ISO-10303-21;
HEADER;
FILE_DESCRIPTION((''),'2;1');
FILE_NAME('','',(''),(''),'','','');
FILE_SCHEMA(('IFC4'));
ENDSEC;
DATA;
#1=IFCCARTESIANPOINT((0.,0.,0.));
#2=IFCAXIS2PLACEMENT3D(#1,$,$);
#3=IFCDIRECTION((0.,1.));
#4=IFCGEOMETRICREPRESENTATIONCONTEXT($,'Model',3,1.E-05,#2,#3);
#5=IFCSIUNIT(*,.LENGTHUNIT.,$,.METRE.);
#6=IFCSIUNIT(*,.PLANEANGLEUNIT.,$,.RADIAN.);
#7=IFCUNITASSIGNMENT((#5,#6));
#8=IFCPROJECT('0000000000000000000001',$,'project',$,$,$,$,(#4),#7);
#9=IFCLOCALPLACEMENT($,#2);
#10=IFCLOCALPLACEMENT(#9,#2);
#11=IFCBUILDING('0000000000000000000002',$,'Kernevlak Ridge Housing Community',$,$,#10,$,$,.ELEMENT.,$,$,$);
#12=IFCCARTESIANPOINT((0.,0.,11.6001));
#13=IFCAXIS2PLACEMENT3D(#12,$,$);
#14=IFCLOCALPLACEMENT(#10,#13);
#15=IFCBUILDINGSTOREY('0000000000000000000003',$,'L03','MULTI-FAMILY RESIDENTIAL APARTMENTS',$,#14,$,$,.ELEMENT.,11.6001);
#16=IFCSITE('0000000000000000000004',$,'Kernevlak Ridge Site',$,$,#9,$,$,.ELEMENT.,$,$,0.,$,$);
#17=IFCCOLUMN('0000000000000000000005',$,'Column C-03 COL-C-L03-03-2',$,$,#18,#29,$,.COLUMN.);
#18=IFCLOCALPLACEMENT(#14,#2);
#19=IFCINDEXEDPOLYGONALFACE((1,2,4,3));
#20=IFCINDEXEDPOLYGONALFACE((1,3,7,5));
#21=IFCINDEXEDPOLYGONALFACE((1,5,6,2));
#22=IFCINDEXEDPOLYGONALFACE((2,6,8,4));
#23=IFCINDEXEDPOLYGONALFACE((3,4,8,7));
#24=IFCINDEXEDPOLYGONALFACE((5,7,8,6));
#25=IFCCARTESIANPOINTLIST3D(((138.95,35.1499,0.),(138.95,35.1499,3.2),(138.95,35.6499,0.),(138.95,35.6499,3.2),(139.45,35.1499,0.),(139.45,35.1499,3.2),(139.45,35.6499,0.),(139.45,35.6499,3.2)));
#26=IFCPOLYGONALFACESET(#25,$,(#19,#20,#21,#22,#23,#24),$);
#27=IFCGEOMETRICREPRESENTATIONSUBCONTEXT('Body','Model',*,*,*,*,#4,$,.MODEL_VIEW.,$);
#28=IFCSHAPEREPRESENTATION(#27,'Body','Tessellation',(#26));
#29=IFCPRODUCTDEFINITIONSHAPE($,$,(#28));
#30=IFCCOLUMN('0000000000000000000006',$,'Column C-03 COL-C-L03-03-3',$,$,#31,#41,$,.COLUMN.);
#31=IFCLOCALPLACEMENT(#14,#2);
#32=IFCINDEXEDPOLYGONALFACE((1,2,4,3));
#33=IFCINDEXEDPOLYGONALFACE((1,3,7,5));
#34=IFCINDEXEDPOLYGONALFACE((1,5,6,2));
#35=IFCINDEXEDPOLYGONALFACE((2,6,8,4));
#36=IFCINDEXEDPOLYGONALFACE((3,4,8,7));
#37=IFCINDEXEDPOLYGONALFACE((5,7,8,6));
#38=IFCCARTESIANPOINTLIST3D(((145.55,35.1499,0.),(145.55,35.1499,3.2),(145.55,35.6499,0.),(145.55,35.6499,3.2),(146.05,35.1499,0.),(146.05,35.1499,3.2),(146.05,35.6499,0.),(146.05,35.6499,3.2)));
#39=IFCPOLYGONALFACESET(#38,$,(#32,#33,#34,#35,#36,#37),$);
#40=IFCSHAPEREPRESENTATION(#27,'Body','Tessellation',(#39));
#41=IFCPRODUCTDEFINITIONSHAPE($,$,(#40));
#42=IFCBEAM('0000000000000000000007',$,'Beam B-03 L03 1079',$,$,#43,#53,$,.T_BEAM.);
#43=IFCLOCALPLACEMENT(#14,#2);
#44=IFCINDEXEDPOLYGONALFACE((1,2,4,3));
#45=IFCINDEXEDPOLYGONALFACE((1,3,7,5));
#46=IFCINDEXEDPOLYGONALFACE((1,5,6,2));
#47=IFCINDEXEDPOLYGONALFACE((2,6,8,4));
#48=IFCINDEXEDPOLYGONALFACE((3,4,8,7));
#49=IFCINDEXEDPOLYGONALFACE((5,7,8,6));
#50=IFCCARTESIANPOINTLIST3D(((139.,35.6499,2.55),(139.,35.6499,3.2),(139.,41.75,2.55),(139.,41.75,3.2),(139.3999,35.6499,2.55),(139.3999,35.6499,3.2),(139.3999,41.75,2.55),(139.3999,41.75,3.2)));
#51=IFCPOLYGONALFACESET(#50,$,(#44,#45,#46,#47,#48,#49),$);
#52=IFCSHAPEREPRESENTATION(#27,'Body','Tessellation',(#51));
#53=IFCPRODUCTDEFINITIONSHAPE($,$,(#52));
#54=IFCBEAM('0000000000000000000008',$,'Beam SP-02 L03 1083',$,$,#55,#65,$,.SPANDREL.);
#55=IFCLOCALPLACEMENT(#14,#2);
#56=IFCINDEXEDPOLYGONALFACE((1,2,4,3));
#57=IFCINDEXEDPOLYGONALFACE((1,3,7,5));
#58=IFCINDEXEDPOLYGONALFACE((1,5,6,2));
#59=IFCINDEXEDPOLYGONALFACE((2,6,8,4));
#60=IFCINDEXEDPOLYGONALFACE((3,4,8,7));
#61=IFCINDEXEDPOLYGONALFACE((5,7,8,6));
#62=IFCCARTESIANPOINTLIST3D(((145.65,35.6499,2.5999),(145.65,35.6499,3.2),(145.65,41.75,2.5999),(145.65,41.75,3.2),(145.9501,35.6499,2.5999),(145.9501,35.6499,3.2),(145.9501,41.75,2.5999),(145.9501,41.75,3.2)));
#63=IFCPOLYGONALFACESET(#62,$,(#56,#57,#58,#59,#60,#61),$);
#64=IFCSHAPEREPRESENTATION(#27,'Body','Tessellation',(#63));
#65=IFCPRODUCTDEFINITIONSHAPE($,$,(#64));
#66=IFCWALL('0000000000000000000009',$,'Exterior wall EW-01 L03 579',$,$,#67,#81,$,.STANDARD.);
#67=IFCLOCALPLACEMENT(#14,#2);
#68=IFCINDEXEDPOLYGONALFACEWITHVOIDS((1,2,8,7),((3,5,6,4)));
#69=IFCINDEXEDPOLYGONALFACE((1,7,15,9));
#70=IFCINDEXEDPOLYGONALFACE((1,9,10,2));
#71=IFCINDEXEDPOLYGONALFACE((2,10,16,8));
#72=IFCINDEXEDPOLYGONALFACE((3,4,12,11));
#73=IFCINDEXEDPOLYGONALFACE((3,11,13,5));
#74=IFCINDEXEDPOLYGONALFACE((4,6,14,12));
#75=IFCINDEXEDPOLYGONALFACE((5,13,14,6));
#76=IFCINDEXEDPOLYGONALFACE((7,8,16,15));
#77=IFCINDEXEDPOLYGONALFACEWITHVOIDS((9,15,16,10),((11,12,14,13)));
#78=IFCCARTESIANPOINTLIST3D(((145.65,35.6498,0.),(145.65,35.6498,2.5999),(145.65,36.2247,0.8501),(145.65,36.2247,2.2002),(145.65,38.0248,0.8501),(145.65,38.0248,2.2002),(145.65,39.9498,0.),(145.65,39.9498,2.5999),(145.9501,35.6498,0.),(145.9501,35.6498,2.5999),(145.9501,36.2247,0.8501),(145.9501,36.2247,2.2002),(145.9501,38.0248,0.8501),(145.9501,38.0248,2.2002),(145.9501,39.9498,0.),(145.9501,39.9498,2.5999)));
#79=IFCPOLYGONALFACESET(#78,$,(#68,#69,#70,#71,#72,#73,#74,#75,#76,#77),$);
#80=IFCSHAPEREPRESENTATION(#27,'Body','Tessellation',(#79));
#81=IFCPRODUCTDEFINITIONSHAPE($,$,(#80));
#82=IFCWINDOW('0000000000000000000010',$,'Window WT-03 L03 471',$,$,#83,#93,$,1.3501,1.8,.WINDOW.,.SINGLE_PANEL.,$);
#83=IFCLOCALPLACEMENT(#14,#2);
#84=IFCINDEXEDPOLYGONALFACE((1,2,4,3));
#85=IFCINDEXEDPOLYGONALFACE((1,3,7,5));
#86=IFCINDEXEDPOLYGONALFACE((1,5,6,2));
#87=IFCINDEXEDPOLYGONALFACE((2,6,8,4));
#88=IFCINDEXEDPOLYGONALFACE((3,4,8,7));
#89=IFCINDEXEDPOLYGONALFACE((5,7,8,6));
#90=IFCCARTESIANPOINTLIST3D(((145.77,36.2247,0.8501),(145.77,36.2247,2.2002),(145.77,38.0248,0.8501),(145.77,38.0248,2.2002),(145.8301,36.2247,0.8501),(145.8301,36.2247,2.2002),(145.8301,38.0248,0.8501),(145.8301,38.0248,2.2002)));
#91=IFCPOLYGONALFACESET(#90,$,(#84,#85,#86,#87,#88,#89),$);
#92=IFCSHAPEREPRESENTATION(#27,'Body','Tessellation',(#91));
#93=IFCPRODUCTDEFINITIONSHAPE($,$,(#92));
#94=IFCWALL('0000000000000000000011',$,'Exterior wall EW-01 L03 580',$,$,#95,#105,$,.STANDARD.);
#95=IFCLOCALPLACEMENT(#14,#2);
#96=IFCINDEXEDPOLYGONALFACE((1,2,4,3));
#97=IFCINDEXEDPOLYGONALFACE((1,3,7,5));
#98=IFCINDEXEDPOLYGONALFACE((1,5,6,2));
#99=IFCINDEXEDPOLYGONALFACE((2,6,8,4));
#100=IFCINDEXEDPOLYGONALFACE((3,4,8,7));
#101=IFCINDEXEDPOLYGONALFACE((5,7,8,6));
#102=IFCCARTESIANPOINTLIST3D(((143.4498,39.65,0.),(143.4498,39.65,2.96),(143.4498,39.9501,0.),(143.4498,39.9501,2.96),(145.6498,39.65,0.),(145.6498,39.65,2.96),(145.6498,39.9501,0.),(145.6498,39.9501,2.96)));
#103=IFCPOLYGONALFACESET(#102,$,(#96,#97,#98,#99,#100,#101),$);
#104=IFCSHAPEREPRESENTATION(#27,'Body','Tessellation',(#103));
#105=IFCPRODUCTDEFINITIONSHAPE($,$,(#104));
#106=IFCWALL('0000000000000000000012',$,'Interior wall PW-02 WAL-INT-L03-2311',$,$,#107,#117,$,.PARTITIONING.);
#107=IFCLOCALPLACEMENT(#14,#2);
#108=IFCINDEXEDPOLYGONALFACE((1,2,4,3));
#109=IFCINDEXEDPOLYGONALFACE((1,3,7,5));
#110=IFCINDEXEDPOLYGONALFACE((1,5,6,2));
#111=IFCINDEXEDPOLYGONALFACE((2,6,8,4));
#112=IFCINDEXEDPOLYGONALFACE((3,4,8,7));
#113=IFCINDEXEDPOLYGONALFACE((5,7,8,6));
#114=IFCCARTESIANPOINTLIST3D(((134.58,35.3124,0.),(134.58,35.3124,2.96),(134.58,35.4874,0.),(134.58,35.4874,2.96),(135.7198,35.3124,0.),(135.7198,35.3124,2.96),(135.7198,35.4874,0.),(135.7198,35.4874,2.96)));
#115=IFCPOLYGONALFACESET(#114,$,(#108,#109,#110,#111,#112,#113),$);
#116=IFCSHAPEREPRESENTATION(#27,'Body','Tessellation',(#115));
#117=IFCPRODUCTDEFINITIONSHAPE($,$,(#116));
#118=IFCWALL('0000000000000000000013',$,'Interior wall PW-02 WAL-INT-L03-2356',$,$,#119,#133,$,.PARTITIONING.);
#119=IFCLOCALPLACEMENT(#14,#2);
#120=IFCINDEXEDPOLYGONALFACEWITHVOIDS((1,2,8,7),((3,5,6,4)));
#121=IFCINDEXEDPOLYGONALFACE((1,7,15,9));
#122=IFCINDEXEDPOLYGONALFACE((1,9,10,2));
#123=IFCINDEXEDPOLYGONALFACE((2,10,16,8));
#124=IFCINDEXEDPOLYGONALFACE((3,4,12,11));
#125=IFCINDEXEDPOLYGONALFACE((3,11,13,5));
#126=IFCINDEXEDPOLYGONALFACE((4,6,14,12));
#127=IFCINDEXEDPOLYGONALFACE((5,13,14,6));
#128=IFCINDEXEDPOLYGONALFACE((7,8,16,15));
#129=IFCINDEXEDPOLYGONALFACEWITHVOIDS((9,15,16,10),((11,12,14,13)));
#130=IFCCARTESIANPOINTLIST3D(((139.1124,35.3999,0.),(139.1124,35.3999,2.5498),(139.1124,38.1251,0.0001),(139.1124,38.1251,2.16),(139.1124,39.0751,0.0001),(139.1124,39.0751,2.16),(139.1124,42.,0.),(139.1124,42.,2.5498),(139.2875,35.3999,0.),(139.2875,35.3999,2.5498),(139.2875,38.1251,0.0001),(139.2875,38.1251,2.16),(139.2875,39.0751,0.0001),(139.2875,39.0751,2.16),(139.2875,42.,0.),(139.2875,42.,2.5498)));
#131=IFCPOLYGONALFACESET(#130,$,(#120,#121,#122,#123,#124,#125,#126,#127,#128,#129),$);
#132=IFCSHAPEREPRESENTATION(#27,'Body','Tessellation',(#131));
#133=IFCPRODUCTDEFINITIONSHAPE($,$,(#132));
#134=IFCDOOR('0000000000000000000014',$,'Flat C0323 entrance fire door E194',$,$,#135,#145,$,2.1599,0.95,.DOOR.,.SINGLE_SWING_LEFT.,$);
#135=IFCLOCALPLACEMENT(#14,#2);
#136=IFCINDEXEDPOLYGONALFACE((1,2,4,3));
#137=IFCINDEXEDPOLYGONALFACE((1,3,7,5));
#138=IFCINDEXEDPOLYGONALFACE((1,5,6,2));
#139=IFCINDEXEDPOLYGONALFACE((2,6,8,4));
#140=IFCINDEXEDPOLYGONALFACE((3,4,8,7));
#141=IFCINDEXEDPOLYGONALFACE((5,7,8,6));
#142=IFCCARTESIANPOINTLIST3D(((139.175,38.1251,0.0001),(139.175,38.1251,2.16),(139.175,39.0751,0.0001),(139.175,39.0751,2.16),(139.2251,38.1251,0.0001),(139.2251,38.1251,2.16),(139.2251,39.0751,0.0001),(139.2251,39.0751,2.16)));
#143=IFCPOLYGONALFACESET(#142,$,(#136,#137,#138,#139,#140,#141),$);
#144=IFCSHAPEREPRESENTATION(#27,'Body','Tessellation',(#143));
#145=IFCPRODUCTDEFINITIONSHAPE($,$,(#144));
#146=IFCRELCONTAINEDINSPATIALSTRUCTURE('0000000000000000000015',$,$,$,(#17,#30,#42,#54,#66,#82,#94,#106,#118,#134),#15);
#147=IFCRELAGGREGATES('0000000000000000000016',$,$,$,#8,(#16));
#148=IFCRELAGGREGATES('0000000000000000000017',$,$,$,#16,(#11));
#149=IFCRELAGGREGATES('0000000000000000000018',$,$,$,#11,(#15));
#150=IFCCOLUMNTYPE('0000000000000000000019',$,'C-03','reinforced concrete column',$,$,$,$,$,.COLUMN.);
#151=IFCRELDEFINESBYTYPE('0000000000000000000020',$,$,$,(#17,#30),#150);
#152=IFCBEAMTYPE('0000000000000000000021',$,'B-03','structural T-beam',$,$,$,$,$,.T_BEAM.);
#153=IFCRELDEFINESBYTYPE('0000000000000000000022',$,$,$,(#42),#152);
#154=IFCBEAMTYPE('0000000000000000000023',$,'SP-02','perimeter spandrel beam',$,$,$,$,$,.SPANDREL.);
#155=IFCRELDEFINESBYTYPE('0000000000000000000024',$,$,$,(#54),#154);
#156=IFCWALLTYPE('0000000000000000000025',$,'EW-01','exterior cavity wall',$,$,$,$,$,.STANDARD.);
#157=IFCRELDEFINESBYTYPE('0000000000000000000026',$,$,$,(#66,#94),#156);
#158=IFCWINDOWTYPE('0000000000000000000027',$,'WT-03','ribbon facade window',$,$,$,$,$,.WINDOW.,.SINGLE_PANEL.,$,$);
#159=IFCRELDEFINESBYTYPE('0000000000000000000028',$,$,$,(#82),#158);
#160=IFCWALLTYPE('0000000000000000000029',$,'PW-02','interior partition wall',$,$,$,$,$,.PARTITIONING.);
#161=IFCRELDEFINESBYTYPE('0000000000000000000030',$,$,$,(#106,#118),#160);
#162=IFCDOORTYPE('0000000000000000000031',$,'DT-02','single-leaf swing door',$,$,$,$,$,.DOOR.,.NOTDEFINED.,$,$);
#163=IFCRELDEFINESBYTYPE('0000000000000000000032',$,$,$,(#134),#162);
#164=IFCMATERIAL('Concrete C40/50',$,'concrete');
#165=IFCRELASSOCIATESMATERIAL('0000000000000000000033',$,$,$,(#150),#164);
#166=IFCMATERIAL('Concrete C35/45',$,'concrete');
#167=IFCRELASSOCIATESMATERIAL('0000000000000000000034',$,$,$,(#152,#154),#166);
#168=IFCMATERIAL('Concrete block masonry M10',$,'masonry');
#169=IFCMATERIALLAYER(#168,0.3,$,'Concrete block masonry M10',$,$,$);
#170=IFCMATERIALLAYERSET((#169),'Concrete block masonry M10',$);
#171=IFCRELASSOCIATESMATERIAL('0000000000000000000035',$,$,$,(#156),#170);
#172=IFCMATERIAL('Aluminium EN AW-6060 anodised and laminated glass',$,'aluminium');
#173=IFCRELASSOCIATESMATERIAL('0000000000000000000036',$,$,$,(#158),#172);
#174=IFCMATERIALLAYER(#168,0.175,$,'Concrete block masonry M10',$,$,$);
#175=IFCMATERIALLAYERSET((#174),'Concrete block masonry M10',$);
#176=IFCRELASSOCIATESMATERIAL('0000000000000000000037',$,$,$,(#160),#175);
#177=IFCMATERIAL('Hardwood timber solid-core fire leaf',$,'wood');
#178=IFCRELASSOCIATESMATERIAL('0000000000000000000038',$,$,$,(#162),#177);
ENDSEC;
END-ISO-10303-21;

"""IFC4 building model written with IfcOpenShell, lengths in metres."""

from ifc_helpers import new_model, si_unit, direction, frame, frame_2d, origin, origin_2d, place, context, subcontext, project, spatial, rectangle, extrude, material, layer, layer_set, material_profile, profile_set, type_object, element, fill, save


model = new_model("IFC4")

# Units and contexts
model_context = context("Model", 3, precision=1e-05, world=origin(), true_north=direction((0.0, 1.0)))
body_context = subcontext(model_context, "Body", "Model", "MODEL_VIEW")
ifc_project = project(units=[si_unit("LENGTHUNIT", "METRE"), si_unit("PLANEANGLEUNIT", "RADIAN")], contexts=[model_context])

# Site, building, storey
site_placement = place(None, origin())
site = spatial("IfcSite", under=ifc_project, at=site_placement, Name="Kernevlak Ridge Site", CompositionType="ELEMENT", RefElevation=0.0)
building_placement = place(site_placement, origin())
building = spatial("IfcBuilding", under=site, at=building_placement, Name="Kernevlak Ridge Housing Community", CompositionType="ELEMENT")
storey_placement = place(building_placement, frame((0.0, 0.0, 11.6001)))
storey = spatial("IfcBuildingStorey", under=building, at=storey_placement, Name="L03", Description="MULTI-FAMILY RESIDENTIAL APARTMENTS", CompositionType="ELEMENT", Elevation=11.6001)

# Columns
ifc_material_1 = material(Name="Concrete C40/50", Category="concrete")
ifc_material_profile_1 = material_profile(ifc_material_1, rectangle(XDim=0.5, YDim=0.5, at=origin_2d()), Name="RC 500x500")
ifc_profile_set_1 = profile_set([ifc_material_profile_1], Name="Concrete C40/50")
column_type = type_object("IfcColumnType", Name="C-03", Description="reinforced concrete column", PredefinedType="COLUMN", material=ifc_profile_set_1)
for number, where, z_axis, x_axis, name in (
    (1, (139.2, 35.3999, 0.0), (0.0, 0.0, 1.0), (1.0, 0.0, 0.0), "Column C-03 COL-C-L03-03-2"),
    (2, (145.8, 35.3999, 0.0), (0.0, 0.0, 1.0), (1.0, 0.0, 0.0), "Column C-03 COL-C-L03-03-3"),
):
    element("IfcColumn", number, at=place(storey_placement, frame(where, z_axis=z_axis, x_axis=x_axis)), inside=storey, type_object=column_type, Name=name, PredefinedType="COLUMN", context=body_context, shape_type="SweptSolid", body=[
        extrude(rectangle(XDim=0.5, YDim=0.5, at=origin_2d()), origin(), (0.0, 0.0, 1.0), 3.2),
    ])

# Beams
ifc_material_2 = material(Name="Concrete C35/45", Category="concrete")
ifc_material_profile_2 = material_profile(ifc_material_2, rectangle(XDim=0.3999, YDim=0.6499, at=origin_2d()), Name="RC 400x650")
ifc_profile_set_2 = profile_set([ifc_material_profile_2], Name="Concrete C35/45")
beam_type_1 = type_object("IfcBeamType", Name="B-03", Description="structural T-beam", PredefinedType="T_BEAM", material=ifc_profile_set_2)
beam_1_placement = place(storey_placement, frame((139.2, 35.6499, 2.875), z_axis=(0.0, 1.0, 0.0), x_axis=(-1.0, 0.0, 0.0)))
element("IfcBeam", 3, at=beam_1_placement, inside=storey, type_object=beam_type_1, Name="Beam B-03 L03 1079", PredefinedType="T_BEAM", context=body_context, shape_type="SweptSolid", body=[
    extrude(rectangle(XDim=0.3999, YDim=0.6499, at=origin_2d()), origin(), (0.0, 0.0, 1.0), 6.1001),
])
ifc_material_profile_3 = material_profile(ifc_material_2, rectangle(XDim=0.3, YDim=0.6001, at=origin_2d()), Name="RC 300x600")
ifc_profile_set_3 = profile_set([ifc_material_profile_3], Name="Concrete C35/45")
beam_type_2 = type_object("IfcBeamType", Name="SP-02", Description="perimeter spandrel beam", PredefinedType="SPANDREL", material=ifc_profile_set_3)
beam_2_placement = place(storey_placement, frame((145.8, 35.6499, 2.8999), z_axis=(0.0, 1.0, 0.0), x_axis=(-1.0, 0.0, 0.0)))
element("IfcBeam", 4, at=beam_2_placement, inside=storey, type_object=beam_type_2, Name="Beam SP-02 L03 1083", PredefinedType="SPANDREL", context=body_context, shape_type="SweptSolid", body=[
    extrude(rectangle(XDim=0.3, YDim=0.6001, at=origin_2d()), origin(), (0.0, 0.0, 1.0), 6.1001),
])

# Wall, opening, window
ifc_material_3 = material(Name="Concrete block masonry M10", Category="masonry")
ifc_layer_1 = layer(ifc_material_3, 0.3, Name="Concrete block masonry M10")
ifc_layer_set_1 = layer_set([ifc_layer_1], Name="Concrete block masonry M10")
wall_type_1 = type_object("IfcWallType", Name="EW-01", Description="exterior cavity wall", PredefinedType="STANDARD", material=ifc_layer_set_1)
wall_1_placement = place(storey_placement, frame((145.8, 35.6499, 0.0), z_axis=(0.0, 0.0, 1.0), x_axis=(0.0, 1.0, 0.0)))
wall_1 = element("IfcWall", 5, at=wall_1_placement, inside=storey, type_object=wall_type_1, Name="Exterior wall EW-01 L03 579", PredefinedType="STANDARD", context=body_context, shape_type="SweptSolid", body=[
    extrude(rectangle(XDim=4.3, YDim=0.3, at=frame_2d((2.1499, 0.0))), origin(), (0.0, 0.0, 1.0), 2.5999),
])
opening_1_placement = place(wall_1_placement, frame((0.575, 0.0, 0.8501)))
opening_1 = element("IfcOpeningElement", 6, at=opening_1_placement, cuts=wall_1, PredefinedType="OPENING", context=body_context, shape_type="SweptSolid", body=[
    extrude(rectangle(XDim=1.8, YDim=1.3501, at=frame_2d((0.8999, 0.675))), frame((0.0, 0.1599, 0.0), z_axis=(0.0, -1.0, 0.0), x_axis=(1.0, 0.0, 0.0)), (0.0, 0.0, 1.0), 0.3201),
])
ifc_material_4 = material(Name="Aluminium EN AW-6060 anodised and laminated glass", Category="aluminium")
window_type = type_object("IfcWindowType", Name="WT-03", Description="ribbon facade window", PartitioningType="SINGLE_PANEL", PredefinedType="WINDOW", material=ifc_material_4)
window_placement = place(opening_1_placement, origin())
window = element("IfcWindow", 7, at=window_placement, inside=storey, type_object=window_type, Name="Window WT-03 L03 471", OverallHeight=1.3501, OverallWidth=1.8, PartitioningType="SINGLE_PANEL", PredefinedType="WINDOW", context=body_context, shape_type="SweptSolid", body=[
    extrude(rectangle(XDim=1.8, YDim=1.3501, at=frame_2d((0.8999, 0.675))), frame((0.0, 0.03, 0.0), z_axis=(0.0, -1.0, 0.0), x_axis=(1.0, 0.0, 0.0)), (0.0, 0.0, 1.0), 0.0601),
])
fill(opening_1, window)

# Walls
wall_2_placement = place(storey_placement, frame((145.6499, 39.8, 0.0), z_axis=(0.0, 0.0, 1.0), x_axis=(-1.0, 0.0, 0.0)))
element("IfcWall", 8, at=wall_2_placement, inside=storey, type_object=wall_type_1, Name="Exterior wall EW-01 L03 580", PredefinedType="STANDARD", context=body_context, shape_type="SweptSolid", body=[
    extrude(rectangle(XDim=2.2, YDim=0.3, at=frame_2d((1.1001, 0.0))), origin(), (0.0, 0.0, 1.0), 2.96),
])
ifc_layer_2 = layer(ifc_material_3, 0.175, Name="Concrete block masonry M10")
ifc_layer_set_2 = layer_set([ifc_layer_2], Name="Concrete block masonry M10")
wall_type_2 = type_object("IfcWallType", Name="PW-02", Description="interior partition wall", PredefinedType="PARTITIONING", material=ifc_layer_set_2)
wall_3_placement = place(storey_placement, frame((134.5801, 35.3999, 0.0), z_axis=(0.0, 0.0, 1.0), x_axis=(1.0, 0.0, 0.0)))
element("IfcWall", 9, at=wall_3_placement, inside=storey, type_object=wall_type_2, Name="Interior wall PW-02 WAL-INT-L03-2311", PredefinedType="PARTITIONING", context=body_context, shape_type="SweptSolid", body=[
    extrude(rectangle(XDim=1.1399, YDim=0.175, at=frame_2d((0.5698, 0.0))), origin(), (0.0, 0.0, 1.0), 2.96),
])

# Wall, opening, door
wall_4_placement = place(storey_placement, frame((139.2, 35.3999, 0.0), z_axis=(0.0, 0.0, 1.0), x_axis=(0.0, 1.0, 0.0)))
wall_4 = element("IfcWall", 10, at=wall_4_placement, inside=storey, type_object=wall_type_2, Name="Interior wall PW-02 WAL-INT-L03-2356", PredefinedType="PARTITIONING", context=body_context, shape_type="SweptSolid", body=[
    extrude(rectangle(XDim=6.6001, YDim=0.175, at=frame_2d((3.3, 0.0))), origin(), (0.0, 0.0, 1.0), 2.5498),
])
opening_2_placement = place(wall_4_placement, frame((2.7251, 0.0, 0.0)))
opening_2 = element("IfcOpeningElement", 11, at=opening_2_placement, cuts=wall_4, PredefinedType="OPENING", context=body_context, shape_type="SweptSolid", body=[
    extrude(rectangle(XDim=0.95, YDim=2.1599, at=frame_2d((0.4751, 1.0801))), frame((0.0, 0.0974, 0.0), z_axis=(0.0, -1.0, 0.0), x_axis=(1.0, 0.0, 0.0)), (0.0, 0.0, 1.0), 0.1951),
])
ifc_material_5 = material(Name="Hardwood timber solid-core fire leaf", Category="wood")
door_type_1 = type_object("IfcDoorType", Name="DT-02", Description="single-leaf swing door", OperationType="NOTDEFINED", PredefinedType="DOOR", material=ifc_material_5)
door_1_placement = place(opening_2_placement, origin())
door_1 = element("IfcDoor", 12, at=door_1_placement, inside=storey, type_object=door_type_1, Name="Flat C0323 entrance fire door E194", OperationType="SINGLE_SWING_LEFT", OverallHeight=2.1599, OverallWidth=0.95, PredefinedType="DOOR", context=body_context, shape_type="SweptSolid", body=[
    extrude(rectangle(XDim=0.95, YDim=2.1599, at=frame_2d((0.4751, 1.0801))), frame((0.0, 0.0249, 0.0), z_axis=(0.0, -1.0, 0.0), x_axis=(1.0, 0.0, 0.0)), (0.0, 0.0, 1.0), 0.05),
])
fill(opening_2, door_1)

save(model, "model.ifc")
